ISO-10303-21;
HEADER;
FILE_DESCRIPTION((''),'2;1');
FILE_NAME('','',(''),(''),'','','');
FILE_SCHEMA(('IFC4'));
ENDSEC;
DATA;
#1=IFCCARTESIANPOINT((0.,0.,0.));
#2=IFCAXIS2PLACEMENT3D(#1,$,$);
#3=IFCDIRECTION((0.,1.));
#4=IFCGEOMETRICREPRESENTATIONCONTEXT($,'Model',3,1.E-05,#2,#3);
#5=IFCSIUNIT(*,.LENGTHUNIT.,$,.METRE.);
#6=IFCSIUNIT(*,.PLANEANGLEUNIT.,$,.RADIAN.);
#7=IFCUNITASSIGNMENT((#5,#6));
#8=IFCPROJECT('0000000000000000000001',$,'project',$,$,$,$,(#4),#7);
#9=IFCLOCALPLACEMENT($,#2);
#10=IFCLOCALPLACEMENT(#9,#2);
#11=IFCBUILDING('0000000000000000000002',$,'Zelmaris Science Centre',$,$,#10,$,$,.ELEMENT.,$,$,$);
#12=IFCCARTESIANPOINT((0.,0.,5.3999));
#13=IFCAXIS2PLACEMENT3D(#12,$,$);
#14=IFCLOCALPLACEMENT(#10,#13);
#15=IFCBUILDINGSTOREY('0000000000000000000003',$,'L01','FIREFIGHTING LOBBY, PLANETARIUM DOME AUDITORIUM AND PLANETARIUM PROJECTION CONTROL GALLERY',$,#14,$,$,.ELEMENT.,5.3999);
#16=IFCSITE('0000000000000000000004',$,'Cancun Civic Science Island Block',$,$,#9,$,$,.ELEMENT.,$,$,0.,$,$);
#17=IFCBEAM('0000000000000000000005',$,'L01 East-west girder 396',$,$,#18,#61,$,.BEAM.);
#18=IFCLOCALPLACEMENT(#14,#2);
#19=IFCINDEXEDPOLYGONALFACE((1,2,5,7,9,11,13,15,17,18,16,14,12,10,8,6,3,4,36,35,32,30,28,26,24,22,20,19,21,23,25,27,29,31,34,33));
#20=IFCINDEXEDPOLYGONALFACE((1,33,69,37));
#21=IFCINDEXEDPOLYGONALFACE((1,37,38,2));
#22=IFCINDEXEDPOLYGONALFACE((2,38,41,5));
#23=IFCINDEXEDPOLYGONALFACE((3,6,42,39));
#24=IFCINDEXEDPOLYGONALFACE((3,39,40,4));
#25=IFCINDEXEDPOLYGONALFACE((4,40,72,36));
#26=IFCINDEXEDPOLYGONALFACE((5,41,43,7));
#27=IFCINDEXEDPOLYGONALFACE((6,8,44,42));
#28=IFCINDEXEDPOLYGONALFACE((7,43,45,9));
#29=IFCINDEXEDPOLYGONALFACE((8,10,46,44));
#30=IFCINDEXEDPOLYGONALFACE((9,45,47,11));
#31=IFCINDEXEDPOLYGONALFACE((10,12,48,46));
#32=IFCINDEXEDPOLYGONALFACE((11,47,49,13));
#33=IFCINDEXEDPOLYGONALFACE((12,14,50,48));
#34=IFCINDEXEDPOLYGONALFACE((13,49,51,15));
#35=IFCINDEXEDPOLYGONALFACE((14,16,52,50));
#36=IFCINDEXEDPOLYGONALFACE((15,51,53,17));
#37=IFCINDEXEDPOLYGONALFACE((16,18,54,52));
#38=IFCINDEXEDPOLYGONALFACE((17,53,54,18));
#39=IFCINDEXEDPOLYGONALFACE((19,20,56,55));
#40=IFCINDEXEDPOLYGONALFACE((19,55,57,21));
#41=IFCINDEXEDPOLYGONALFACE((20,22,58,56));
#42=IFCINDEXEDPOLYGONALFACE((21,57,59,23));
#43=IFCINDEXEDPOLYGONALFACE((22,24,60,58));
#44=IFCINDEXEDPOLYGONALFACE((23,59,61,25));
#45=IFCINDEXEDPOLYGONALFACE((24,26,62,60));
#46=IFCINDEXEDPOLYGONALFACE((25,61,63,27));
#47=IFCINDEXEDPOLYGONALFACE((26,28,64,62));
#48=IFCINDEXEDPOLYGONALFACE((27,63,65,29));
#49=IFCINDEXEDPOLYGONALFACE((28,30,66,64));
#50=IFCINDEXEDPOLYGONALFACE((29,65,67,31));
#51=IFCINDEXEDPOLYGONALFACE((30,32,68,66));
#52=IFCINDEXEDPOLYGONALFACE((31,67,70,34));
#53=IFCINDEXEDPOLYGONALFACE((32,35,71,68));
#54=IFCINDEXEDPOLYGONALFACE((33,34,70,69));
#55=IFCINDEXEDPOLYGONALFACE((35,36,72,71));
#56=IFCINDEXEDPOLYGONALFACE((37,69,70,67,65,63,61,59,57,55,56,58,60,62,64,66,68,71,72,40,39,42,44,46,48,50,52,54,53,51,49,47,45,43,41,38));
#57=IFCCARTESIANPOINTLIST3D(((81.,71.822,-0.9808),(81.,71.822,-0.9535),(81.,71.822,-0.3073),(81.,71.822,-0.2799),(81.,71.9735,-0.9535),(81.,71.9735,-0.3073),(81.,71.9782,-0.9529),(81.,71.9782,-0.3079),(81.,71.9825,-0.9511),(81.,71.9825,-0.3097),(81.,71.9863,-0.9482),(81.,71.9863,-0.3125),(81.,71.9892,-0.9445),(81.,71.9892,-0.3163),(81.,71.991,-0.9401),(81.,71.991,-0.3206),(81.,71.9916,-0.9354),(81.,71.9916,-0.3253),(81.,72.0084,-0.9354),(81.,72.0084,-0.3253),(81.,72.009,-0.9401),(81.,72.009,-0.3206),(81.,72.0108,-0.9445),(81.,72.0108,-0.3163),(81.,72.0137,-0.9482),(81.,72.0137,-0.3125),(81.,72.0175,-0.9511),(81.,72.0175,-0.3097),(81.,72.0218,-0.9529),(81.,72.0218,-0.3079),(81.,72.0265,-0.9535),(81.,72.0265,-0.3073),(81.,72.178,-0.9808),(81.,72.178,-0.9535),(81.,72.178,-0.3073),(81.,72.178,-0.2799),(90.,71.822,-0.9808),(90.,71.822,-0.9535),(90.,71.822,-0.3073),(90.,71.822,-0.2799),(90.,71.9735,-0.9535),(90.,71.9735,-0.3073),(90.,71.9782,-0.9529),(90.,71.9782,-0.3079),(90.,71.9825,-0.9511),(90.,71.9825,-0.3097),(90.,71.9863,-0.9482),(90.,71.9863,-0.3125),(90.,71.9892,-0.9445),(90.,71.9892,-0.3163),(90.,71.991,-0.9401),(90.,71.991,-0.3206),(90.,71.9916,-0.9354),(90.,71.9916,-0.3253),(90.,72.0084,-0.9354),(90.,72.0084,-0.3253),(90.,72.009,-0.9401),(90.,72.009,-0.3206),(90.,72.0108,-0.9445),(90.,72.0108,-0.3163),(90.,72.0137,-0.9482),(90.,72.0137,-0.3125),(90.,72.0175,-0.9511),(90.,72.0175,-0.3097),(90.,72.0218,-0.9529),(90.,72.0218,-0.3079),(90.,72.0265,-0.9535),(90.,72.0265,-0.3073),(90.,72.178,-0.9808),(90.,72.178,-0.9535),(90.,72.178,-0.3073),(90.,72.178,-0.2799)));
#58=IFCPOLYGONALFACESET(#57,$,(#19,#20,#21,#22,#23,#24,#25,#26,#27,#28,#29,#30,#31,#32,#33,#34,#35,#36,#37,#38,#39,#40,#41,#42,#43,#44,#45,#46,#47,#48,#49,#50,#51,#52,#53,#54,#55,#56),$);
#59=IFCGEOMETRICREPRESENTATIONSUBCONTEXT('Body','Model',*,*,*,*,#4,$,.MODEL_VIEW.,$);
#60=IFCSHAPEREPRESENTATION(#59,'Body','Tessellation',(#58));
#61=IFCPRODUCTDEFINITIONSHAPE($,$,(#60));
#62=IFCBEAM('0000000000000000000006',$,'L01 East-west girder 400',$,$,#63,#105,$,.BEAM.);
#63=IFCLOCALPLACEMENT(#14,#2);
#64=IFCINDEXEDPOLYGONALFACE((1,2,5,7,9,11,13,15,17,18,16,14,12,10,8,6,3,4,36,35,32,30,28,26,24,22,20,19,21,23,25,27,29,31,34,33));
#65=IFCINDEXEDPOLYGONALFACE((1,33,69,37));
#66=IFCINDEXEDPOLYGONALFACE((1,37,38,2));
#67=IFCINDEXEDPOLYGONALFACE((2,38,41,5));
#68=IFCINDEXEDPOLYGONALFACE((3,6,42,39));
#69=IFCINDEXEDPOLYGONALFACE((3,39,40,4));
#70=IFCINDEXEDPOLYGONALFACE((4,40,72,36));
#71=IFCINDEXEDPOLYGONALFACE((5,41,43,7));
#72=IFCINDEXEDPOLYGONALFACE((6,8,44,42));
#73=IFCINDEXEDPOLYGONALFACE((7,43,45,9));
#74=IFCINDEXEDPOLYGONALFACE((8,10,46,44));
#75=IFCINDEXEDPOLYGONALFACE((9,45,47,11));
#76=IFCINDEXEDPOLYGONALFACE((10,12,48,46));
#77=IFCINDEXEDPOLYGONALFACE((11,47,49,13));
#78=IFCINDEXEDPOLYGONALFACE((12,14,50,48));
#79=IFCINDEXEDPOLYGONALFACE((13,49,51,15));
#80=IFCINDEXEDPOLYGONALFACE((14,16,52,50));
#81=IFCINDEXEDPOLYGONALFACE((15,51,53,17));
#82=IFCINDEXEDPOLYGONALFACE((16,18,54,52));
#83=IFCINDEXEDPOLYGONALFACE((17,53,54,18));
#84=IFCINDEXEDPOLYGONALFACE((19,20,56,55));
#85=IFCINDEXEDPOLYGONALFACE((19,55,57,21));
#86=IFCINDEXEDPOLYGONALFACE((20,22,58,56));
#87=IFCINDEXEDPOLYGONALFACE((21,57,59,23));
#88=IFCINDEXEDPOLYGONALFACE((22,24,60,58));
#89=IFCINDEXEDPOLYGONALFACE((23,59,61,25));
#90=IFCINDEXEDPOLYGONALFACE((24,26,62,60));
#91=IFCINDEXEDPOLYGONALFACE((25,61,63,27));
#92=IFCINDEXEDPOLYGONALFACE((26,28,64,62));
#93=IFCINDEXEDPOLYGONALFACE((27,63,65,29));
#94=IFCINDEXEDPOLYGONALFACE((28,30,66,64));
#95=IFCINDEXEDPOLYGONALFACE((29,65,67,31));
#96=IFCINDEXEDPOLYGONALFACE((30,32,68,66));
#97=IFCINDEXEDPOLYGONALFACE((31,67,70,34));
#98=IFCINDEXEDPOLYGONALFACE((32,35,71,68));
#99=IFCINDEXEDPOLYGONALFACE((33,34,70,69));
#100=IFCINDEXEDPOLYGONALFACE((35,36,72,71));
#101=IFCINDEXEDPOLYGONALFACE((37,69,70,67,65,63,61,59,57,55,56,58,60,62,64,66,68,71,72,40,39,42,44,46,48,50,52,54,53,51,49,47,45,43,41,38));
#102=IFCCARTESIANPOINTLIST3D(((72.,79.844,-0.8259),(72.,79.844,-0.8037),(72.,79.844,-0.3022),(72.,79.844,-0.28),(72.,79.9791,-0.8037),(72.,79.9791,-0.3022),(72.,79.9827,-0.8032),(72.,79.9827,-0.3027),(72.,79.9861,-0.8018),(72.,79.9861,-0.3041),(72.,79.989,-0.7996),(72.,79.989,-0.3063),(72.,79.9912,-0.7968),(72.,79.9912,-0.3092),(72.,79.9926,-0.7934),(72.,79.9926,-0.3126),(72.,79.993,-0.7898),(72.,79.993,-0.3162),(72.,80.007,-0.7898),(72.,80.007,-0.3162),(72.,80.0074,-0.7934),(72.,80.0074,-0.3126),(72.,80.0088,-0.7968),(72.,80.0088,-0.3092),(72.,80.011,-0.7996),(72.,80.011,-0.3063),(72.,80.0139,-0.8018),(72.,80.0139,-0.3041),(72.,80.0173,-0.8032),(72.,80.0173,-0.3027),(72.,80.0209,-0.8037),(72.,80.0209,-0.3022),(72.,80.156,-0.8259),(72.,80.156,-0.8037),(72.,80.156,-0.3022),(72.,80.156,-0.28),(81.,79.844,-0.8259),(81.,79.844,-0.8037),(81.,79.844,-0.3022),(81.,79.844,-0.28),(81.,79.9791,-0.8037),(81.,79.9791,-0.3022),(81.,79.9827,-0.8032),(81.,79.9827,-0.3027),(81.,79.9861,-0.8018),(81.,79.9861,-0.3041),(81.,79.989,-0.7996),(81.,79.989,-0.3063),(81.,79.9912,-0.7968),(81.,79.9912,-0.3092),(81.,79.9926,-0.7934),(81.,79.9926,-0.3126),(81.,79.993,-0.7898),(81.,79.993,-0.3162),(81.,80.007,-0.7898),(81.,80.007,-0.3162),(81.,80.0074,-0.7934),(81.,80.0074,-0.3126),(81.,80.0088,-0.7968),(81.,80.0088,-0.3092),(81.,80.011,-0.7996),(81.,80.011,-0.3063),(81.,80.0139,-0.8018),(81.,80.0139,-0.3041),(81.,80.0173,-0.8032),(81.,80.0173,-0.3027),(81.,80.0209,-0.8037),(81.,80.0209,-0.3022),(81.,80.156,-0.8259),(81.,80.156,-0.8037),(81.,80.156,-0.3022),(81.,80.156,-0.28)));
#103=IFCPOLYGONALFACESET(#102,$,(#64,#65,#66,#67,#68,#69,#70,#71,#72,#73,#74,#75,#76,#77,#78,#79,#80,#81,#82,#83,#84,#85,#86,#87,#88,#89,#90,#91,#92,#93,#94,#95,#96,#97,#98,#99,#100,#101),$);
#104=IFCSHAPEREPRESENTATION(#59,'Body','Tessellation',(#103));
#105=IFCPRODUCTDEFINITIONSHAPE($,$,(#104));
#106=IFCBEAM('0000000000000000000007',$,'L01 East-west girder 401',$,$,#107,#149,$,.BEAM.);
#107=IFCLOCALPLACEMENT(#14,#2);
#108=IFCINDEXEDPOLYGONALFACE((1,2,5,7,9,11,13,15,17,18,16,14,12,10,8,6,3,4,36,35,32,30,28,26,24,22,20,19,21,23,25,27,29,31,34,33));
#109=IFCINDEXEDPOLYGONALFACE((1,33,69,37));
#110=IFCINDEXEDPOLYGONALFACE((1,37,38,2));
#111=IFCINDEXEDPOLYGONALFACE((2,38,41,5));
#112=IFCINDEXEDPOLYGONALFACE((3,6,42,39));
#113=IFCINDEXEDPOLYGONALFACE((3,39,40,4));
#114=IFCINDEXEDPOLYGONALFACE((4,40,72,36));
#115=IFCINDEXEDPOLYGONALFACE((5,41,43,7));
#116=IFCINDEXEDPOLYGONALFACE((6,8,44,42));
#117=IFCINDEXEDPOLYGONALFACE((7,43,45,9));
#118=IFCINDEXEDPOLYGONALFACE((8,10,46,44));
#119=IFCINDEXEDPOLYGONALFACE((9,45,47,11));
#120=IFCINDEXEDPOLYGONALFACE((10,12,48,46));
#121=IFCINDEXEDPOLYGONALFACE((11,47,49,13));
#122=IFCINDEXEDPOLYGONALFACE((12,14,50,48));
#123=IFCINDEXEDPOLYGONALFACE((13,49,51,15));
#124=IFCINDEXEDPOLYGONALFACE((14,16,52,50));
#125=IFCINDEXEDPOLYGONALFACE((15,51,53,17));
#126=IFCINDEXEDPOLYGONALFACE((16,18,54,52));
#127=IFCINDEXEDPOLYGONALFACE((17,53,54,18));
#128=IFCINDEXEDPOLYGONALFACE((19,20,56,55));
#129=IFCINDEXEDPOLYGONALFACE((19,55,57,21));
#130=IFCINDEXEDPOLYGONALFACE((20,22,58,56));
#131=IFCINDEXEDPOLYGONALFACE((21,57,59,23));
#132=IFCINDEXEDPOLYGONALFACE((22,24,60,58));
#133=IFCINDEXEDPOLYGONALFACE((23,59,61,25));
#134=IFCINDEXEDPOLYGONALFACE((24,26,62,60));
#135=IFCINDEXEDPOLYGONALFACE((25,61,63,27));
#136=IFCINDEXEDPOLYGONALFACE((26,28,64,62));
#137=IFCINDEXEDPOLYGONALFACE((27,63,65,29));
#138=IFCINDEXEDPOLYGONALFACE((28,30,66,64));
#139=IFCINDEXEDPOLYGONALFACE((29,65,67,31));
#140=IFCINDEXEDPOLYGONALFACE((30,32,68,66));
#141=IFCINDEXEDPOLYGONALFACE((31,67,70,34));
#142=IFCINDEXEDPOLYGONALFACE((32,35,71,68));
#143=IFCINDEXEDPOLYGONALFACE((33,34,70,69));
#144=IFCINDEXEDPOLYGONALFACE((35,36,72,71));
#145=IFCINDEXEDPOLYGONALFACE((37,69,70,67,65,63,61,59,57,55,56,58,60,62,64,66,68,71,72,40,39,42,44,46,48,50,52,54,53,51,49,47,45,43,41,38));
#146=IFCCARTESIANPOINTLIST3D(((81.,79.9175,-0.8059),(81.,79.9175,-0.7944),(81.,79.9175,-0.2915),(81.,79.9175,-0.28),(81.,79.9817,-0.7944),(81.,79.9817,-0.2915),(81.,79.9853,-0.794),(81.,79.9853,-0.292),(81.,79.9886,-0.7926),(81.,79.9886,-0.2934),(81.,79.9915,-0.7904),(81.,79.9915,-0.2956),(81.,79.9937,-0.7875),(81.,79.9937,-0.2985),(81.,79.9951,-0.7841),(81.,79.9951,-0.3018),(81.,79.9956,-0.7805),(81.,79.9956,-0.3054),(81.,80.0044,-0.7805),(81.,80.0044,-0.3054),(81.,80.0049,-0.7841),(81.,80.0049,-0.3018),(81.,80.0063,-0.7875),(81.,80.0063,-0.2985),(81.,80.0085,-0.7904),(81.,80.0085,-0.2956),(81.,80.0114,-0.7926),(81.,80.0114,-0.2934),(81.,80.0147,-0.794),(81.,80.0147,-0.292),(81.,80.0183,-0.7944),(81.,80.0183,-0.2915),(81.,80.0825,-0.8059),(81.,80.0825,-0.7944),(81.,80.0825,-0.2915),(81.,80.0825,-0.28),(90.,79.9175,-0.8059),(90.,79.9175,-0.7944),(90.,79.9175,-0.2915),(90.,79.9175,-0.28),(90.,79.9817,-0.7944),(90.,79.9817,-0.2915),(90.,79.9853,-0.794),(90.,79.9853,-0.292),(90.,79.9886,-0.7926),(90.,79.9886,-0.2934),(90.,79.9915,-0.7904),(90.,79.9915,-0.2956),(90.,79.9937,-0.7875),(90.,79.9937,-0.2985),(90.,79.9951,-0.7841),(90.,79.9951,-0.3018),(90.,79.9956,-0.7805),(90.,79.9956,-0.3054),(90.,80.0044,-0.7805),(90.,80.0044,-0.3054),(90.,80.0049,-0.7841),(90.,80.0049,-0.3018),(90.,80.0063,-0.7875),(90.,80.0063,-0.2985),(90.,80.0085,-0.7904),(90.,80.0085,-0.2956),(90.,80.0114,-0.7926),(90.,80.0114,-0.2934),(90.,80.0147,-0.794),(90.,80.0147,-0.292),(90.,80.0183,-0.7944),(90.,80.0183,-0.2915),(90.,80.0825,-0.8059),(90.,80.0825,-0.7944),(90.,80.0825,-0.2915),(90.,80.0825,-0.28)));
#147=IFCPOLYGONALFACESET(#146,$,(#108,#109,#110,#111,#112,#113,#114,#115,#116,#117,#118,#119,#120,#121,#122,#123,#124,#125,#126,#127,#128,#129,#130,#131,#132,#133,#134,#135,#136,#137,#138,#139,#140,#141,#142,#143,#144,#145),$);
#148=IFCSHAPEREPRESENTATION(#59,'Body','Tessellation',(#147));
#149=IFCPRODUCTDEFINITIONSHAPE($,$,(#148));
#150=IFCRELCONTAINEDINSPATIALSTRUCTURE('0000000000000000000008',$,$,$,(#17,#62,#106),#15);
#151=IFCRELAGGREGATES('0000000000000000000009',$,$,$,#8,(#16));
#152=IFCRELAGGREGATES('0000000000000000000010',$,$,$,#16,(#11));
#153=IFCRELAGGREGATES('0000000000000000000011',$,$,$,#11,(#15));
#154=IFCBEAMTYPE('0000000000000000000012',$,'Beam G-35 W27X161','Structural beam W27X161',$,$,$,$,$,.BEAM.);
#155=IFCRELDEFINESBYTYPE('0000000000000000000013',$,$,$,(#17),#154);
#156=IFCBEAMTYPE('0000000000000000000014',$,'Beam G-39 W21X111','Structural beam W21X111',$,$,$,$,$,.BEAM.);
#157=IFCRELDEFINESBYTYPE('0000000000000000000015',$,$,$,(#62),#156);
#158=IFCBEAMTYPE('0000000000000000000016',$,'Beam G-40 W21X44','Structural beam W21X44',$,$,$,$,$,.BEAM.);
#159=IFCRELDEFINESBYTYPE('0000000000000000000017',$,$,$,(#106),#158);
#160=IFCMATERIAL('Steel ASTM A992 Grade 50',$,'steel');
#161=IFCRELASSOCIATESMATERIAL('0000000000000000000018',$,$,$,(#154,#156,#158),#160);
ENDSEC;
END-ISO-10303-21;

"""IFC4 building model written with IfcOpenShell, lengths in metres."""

from ifc_helpers import new_model, si_unit, direction, frame, origin, origin_2d, place, context, subcontext, project, spatial, i_section, extrude, material, material_profile, profile_set, type_object, element, save


model = new_model("IFC4")

# Units and contexts
model_context = context("Model", 3, precision=1e-05, world=origin(), true_north=direction((0.0, 1.0)))
body_context = subcontext(model_context, "Body", "Model", "MODEL_VIEW")
ifc_project = project(units=[si_unit("LENGTHUNIT", "METRE"), si_unit("PLANEANGLEUNIT", "RADIAN")], contexts=[model_context])

# Site, building, storey
site_placement = place(None, origin())
site = spatial("IfcSite", under=ifc_project, at=site_placement, Name="Cancun Civic Science Island Block", CompositionType="ELEMENT", RefElevation=0.0)
building_placement = place(site_placement, origin())
building = spatial("IfcBuilding", under=site, at=building_placement, Name="Zelmaris Science Centre", CompositionType="ELEMENT")
storey_placement = place(building_placement, frame((0.0, 0.0, 5.3999)))
storey = spatial("IfcBuildingStorey", under=building, at=storey_placement, Name="L01", Description="FIREFIGHTING LOBBY, PLANETARIUM DOME AUDITORIUM AND PLANETARIUM PROJECTION CONTROL GALLERY", CompositionType="ELEMENT", Elevation=5.3999)

# Shared definitions
ifc_material_1 = material(Name="Steel ASTM A992 Grade 50", Category="steel")

# Beams
ifc_material_profile_1 = material_profile(ifc_material_1, i_section(OverallWidth=0.356, OverallDepth=0.7009, WebThickness=0.0168, FlangeThickness=0.0273, FilletRadius=0.0181, at=origin_2d()), Name="W27X161")
ifc_profile_set_1 = profile_set([ifc_material_profile_1], Name="Steel ASTM A992 Grade 50")
beam_type_1 = type_object("IfcBeamType", Name="Beam G-35 W27X161", Description="Structural beam W27X161", PredefinedType="BEAM", material=ifc_profile_set_1)
beam_1_placement = place(storey_placement, frame((81.0, 72.0, -0.6304), z_axis=(1.0, 0.0, 0.0), x_axis=(0.0, 1.0, 0.0)))
element("IfcBeam", 1, at=beam_1_placement, inside=storey, type_object=beam_type_1, Name="L01 East-west girder 396", PredefinedType="BEAM", context=body_context, shape_type="SweptSolid", body=[
    extrude(i_section(OverallWidth=0.356, OverallDepth=0.7009, WebThickness=0.0168, FlangeThickness=0.0273, FilletRadius=0.0181, at=origin_2d()), origin(), (0.0, 0.0, 1.0), 9.0),
])
ifc_material_profile_2 = material_profile(ifc_material_1, i_section(OverallWidth=0.312, OverallDepth=0.5459, WebThickness=0.0139, FlangeThickness=0.0222, FilletRadius=0.0139, at=origin_2d()), Name="W21X111")
ifc_profile_set_2 = profile_set([ifc_material_profile_2], Name="Steel ASTM A992 Grade 50")
beam_type_2 = type_object("IfcBeamType", Name="Beam G-39 W21X111", Description="Structural beam W21X111", PredefinedType="BEAM", material=ifc_profile_set_2)
beam_2_placement = place(storey_placement, frame((72.0, 80.0, -0.553), z_axis=(1.0, 0.0, 0.0), x_axis=(0.0, 1.0, 0.0)))
element("IfcBeam", 2, at=beam_2_placement, inside=storey, type_object=beam_type_2, Name="L01 East-west girder 400", PredefinedType="BEAM", context=body_context, shape_type="SweptSolid", body=[
    extrude(i_section(OverallWidth=0.312, OverallDepth=0.5459, WebThickness=0.0139, FlangeThickness=0.0222, FilletRadius=0.0139, at=origin_2d()), origin(), (0.0, 0.0, 1.0), 9.0),
])
ifc_material_profile_3 = material_profile(ifc_material_1, i_section(OverallWidth=0.165, OverallDepth=0.5259, WebThickness=0.0088, FlangeThickness=0.0115, FilletRadius=0.0139, at=origin_2d()), Name="W21X44")
ifc_profile_set_3 = profile_set([ifc_material_profile_3], Name="Steel ASTM A992 Grade 50")
beam_type_3 = type_object("IfcBeamType", Name="Beam G-40 W21X44", Description="Structural beam W21X44", PredefinedType="BEAM", material=ifc_profile_set_3)
beam_3_placement = place(storey_placement, frame((81.0, 80.0, -0.543), z_axis=(1.0, 0.0, 0.0), x_axis=(0.0, 1.0, 0.0)))
element("IfcBeam", 3, at=beam_3_placement, inside=storey, type_object=beam_type_3, Name="L01 East-west girder 401", PredefinedType="BEAM", context=body_context, shape_type="SweptSolid", body=[
    extrude(i_section(OverallWidth=0.165, OverallDepth=0.5259, WebThickness=0.0088, FlangeThickness=0.0115, FilletRadius=0.0139, at=origin_2d()), origin(), (0.0, 0.0, 1.0), 9.0),
])

save(model, "model.ifc")
